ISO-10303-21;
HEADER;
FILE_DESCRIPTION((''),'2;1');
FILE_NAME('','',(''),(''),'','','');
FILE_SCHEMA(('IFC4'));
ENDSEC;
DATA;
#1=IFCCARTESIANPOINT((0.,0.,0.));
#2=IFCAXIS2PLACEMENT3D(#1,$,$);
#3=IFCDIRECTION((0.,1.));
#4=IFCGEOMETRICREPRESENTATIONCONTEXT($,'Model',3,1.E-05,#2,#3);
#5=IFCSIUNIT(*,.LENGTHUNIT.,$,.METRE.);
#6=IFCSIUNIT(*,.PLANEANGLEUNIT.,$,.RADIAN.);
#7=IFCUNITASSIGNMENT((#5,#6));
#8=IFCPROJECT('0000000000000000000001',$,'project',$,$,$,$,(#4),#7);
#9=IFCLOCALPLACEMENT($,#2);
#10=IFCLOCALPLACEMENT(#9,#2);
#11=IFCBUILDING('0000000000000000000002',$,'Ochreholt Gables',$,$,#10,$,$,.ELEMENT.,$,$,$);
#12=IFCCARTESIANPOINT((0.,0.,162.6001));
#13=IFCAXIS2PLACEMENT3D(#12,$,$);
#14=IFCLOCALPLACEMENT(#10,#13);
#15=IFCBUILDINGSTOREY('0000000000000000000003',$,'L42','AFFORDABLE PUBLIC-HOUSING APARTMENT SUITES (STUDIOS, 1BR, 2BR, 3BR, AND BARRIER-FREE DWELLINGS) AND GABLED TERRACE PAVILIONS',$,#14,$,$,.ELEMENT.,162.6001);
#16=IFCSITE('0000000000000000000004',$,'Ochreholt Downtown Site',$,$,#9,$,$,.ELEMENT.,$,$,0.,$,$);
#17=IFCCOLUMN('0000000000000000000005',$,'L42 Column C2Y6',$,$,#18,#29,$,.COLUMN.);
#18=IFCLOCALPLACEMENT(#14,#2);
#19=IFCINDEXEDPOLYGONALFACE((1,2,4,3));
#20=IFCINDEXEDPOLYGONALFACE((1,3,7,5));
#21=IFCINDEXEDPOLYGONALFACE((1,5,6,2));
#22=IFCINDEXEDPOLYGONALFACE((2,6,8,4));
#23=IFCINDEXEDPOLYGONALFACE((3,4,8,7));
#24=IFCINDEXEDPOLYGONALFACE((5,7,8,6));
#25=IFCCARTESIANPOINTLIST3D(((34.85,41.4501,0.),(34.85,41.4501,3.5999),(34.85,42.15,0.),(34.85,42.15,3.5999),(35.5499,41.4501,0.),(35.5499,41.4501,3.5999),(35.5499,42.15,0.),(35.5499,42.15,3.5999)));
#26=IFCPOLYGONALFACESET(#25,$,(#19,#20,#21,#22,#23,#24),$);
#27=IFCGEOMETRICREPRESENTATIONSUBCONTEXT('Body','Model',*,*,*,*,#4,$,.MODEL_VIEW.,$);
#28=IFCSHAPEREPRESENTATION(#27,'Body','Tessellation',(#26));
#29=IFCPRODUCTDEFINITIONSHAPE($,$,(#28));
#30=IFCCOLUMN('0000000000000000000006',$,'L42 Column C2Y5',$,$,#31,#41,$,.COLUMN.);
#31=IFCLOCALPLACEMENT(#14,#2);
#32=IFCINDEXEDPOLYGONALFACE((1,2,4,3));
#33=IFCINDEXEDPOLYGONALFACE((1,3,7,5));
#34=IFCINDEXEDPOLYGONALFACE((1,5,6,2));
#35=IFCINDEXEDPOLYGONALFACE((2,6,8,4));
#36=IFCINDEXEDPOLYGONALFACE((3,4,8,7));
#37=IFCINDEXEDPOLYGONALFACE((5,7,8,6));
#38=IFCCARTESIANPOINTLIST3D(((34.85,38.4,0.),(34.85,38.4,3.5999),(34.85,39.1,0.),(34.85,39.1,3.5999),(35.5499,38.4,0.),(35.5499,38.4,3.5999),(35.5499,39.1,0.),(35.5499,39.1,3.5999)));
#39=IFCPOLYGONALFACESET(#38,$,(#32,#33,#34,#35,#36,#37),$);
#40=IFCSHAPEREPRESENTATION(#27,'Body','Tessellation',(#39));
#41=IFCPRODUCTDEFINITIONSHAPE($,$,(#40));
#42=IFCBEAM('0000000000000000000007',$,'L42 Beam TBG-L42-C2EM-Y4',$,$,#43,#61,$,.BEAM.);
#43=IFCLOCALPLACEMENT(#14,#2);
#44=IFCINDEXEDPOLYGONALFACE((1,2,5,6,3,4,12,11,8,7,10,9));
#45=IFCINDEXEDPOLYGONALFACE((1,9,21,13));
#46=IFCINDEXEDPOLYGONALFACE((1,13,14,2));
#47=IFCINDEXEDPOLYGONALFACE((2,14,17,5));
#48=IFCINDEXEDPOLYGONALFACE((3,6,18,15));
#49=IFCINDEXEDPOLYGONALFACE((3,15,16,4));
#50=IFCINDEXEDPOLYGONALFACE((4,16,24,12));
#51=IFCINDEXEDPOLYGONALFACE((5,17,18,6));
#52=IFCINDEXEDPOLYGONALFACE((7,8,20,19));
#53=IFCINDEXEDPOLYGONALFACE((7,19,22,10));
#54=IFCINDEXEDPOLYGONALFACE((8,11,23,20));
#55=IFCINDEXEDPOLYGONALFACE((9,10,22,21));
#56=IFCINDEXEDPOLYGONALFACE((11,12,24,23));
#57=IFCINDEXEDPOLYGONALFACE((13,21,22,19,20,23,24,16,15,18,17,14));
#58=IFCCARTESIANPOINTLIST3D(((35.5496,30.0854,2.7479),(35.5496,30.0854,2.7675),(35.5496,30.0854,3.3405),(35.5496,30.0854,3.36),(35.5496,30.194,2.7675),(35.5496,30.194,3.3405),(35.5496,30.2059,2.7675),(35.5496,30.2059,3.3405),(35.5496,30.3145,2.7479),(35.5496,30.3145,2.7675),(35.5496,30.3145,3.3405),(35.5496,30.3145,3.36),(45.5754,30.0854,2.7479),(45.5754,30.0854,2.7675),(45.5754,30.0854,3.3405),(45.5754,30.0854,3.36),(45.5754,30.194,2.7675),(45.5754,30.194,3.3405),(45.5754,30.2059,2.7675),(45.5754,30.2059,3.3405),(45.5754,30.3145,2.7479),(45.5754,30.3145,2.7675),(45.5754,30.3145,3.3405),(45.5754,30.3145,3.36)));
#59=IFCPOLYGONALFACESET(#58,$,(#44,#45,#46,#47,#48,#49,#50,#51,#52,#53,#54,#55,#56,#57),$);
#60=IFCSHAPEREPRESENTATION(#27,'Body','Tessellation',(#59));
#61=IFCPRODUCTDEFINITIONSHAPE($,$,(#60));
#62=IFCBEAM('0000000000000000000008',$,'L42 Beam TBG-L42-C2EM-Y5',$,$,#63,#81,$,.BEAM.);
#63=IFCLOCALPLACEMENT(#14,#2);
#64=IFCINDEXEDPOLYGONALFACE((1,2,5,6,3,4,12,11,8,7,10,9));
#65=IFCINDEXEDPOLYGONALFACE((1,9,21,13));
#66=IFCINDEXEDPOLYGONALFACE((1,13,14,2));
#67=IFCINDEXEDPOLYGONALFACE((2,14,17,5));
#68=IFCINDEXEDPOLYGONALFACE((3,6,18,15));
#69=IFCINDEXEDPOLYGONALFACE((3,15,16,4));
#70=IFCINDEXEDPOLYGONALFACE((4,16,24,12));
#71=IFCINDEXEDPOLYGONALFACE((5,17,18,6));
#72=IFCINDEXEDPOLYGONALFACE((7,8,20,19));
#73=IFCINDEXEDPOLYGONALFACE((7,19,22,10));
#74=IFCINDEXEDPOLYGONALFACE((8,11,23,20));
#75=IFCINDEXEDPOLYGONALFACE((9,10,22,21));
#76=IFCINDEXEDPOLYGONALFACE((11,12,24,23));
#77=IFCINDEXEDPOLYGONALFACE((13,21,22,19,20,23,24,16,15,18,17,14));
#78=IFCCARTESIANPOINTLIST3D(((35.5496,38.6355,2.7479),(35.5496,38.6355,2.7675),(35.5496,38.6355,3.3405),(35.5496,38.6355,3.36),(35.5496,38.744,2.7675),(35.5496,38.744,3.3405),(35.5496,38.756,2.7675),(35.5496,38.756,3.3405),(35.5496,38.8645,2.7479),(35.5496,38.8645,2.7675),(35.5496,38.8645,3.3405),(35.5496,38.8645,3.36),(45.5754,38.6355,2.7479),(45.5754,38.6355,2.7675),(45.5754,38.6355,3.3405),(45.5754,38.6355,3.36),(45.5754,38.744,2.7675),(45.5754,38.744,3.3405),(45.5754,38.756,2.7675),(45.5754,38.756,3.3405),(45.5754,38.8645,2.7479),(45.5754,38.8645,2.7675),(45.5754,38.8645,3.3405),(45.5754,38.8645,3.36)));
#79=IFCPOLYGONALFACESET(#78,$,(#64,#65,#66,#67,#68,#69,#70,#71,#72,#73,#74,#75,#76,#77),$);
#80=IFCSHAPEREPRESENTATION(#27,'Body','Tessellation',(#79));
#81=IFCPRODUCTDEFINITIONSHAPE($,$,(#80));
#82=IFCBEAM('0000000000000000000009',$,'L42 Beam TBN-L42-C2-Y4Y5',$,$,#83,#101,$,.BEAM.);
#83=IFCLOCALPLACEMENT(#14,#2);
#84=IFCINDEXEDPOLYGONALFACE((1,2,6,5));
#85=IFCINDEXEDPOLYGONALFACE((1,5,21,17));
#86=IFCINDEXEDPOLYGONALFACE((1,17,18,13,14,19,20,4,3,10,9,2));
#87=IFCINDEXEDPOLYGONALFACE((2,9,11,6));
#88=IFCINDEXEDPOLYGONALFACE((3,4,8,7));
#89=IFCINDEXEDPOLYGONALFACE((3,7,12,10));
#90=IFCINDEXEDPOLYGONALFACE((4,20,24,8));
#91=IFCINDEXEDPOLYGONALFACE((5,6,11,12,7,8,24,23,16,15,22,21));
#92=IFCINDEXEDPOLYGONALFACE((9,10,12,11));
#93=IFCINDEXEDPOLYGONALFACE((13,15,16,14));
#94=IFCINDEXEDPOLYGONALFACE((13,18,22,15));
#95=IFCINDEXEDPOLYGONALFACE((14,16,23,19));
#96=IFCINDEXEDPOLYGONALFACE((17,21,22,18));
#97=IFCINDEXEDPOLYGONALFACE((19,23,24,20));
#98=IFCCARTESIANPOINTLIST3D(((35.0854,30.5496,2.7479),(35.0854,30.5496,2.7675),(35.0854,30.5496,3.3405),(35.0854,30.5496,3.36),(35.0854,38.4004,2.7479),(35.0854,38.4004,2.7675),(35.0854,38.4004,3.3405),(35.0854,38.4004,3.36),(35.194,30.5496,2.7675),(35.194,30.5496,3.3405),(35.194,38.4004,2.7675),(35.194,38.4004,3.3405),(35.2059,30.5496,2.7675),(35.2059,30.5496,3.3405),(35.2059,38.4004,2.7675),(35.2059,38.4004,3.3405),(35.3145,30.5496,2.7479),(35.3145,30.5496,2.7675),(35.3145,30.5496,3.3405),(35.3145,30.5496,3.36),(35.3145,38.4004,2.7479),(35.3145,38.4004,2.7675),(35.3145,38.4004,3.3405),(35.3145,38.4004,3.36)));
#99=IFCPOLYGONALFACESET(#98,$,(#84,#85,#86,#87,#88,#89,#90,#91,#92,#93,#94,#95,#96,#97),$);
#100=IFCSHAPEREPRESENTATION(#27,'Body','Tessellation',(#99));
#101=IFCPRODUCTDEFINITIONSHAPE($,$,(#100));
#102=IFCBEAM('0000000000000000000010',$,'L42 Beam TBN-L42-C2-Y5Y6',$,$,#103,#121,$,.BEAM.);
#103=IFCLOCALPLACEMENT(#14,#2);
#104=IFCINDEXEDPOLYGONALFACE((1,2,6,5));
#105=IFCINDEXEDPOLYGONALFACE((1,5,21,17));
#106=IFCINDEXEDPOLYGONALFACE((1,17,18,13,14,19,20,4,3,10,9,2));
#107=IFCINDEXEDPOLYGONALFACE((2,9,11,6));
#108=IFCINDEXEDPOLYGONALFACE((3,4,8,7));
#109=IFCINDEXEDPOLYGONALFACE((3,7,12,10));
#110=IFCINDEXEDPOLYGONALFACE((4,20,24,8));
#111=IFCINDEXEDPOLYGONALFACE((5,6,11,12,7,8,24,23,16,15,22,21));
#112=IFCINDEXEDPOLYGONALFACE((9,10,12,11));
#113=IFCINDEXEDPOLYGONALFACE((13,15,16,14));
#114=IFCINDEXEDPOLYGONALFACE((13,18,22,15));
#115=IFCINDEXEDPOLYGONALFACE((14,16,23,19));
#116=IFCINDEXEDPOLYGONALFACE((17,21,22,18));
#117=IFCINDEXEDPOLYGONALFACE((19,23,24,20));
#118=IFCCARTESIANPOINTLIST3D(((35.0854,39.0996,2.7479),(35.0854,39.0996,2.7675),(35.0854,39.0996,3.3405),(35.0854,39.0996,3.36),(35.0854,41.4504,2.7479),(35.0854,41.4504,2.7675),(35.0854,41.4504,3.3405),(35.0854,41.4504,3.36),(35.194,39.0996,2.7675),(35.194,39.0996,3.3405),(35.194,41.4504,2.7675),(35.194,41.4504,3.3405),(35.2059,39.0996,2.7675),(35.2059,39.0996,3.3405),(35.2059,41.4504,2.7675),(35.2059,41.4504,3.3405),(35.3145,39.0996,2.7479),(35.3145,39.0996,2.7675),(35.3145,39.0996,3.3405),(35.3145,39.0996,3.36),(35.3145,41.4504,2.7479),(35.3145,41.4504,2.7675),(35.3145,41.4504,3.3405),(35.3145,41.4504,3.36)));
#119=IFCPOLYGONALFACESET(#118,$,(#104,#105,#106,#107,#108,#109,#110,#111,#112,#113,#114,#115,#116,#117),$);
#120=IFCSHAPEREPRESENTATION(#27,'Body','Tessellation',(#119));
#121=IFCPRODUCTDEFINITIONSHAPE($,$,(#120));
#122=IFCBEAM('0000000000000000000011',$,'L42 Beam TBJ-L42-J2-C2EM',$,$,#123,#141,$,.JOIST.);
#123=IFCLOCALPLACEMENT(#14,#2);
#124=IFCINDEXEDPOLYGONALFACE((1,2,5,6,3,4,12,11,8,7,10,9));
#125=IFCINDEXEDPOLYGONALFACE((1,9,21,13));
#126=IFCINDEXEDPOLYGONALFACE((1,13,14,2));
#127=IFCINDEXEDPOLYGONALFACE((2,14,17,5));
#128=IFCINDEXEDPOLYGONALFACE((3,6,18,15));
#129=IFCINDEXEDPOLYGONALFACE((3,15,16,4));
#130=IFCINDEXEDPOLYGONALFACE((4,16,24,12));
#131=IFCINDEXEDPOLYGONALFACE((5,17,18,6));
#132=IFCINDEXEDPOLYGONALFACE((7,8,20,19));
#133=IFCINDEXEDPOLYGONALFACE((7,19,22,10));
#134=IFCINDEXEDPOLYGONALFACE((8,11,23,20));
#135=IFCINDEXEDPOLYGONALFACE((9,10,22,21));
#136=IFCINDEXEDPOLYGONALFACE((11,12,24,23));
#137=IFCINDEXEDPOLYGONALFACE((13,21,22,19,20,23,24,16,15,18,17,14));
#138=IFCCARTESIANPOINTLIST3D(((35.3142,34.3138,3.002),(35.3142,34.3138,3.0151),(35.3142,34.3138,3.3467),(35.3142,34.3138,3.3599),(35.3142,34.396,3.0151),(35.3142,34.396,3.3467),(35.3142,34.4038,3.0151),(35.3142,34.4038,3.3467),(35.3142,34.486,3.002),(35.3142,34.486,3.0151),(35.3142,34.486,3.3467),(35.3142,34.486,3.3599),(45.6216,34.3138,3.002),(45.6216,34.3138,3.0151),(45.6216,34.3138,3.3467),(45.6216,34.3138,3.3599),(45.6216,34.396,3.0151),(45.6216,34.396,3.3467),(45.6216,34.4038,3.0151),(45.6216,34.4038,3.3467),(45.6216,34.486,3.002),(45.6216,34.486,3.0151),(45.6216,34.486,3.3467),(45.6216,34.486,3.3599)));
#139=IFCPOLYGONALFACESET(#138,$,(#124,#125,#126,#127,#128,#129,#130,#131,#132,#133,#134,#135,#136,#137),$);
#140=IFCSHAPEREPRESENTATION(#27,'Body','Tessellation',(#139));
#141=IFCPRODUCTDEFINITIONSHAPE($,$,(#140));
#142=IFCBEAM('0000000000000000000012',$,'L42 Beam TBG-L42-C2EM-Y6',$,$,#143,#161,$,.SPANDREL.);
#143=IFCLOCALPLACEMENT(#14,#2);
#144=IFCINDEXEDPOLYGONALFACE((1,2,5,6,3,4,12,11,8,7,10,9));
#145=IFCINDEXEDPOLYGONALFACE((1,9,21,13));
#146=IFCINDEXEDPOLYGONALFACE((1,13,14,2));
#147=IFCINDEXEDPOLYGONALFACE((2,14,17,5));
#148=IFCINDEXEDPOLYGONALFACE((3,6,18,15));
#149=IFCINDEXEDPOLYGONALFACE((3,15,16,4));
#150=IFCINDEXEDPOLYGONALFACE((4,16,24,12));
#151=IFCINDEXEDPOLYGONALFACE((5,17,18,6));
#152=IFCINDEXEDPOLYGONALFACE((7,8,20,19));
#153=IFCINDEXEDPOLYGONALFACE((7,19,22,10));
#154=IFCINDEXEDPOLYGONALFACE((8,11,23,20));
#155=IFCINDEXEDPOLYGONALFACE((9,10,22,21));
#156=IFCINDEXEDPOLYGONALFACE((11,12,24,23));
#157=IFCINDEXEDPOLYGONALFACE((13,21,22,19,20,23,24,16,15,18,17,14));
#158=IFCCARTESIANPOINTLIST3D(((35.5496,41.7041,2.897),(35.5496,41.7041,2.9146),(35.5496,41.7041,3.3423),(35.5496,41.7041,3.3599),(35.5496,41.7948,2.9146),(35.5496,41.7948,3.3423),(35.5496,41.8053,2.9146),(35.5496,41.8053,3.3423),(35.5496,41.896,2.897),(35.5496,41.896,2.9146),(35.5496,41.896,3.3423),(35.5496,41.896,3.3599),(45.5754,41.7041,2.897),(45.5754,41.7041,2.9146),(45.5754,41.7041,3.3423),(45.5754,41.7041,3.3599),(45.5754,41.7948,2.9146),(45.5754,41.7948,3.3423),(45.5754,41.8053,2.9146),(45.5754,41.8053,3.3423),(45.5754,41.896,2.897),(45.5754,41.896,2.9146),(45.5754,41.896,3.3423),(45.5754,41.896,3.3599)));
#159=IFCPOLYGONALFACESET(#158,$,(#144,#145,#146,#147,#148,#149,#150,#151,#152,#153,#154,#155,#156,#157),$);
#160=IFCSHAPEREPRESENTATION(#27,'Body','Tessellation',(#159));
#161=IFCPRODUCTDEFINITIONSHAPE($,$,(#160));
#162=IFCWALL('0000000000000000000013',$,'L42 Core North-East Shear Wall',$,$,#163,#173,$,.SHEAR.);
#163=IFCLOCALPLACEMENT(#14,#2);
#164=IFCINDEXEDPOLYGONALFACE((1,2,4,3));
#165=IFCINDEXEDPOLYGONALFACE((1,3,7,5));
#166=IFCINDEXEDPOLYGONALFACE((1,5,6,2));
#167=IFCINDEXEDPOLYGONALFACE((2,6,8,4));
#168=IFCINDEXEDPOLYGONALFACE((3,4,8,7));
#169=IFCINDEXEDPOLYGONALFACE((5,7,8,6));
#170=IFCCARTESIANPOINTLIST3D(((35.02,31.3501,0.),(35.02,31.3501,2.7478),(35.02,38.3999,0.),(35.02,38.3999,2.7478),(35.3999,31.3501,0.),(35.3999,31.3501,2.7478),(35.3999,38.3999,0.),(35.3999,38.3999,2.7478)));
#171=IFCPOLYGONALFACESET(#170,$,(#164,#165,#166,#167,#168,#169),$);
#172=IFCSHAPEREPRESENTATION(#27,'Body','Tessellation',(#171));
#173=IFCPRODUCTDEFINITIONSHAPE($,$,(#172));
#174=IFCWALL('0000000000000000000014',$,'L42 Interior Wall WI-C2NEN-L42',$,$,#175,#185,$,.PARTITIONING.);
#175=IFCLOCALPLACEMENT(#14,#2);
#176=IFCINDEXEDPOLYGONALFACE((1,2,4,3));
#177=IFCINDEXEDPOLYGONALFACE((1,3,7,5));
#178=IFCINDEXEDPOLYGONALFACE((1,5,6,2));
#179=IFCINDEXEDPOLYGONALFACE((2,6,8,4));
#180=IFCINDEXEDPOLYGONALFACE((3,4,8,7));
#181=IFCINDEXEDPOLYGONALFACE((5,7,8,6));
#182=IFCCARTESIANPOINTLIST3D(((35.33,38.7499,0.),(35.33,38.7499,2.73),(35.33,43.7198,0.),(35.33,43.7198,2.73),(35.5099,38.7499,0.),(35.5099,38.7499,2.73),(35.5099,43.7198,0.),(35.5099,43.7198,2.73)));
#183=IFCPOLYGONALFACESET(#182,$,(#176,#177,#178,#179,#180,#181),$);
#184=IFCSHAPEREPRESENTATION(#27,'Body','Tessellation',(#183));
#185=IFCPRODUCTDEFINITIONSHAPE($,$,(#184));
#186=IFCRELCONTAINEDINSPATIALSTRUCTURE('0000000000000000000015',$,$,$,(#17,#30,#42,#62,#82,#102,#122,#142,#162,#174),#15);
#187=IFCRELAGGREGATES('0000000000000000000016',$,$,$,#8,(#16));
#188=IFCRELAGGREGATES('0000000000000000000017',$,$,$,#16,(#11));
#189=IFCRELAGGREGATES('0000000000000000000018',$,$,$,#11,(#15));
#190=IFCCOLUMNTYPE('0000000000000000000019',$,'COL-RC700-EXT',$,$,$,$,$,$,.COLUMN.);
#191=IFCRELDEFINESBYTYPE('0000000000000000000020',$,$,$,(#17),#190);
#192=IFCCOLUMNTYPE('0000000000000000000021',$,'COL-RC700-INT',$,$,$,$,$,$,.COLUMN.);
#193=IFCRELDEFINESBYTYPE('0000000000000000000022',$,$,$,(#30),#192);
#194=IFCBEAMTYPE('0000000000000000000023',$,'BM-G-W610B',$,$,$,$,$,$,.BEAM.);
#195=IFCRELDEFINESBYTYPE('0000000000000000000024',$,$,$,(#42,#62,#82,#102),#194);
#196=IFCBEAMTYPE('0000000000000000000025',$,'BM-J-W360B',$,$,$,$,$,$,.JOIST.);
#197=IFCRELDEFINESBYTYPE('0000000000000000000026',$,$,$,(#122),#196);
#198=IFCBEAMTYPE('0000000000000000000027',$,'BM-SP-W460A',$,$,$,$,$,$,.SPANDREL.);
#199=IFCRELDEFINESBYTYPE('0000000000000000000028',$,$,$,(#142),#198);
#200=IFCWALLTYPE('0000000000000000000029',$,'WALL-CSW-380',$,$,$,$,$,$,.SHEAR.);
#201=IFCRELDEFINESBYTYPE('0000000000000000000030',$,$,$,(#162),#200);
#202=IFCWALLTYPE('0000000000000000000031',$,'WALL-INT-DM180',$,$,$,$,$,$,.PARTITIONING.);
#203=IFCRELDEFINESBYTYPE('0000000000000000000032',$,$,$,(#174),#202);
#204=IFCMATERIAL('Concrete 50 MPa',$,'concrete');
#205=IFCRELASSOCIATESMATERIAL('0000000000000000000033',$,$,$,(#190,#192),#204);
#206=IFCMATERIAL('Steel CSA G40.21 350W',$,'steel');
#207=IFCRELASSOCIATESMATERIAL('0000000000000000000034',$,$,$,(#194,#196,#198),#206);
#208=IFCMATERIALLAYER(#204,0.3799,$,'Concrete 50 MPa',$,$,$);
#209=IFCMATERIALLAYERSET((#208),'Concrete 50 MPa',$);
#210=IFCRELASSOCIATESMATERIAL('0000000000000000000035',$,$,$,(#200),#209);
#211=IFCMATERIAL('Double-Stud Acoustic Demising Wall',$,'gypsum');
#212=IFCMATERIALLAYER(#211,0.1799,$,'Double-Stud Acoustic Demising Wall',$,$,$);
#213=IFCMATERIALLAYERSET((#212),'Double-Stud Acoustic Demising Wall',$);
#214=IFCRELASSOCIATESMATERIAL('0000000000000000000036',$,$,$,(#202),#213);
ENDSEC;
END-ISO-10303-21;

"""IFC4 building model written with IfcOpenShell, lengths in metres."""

from ifc_helpers import new_model, si_unit, direction, frame, frame_2d, origin, origin_2d, place, context, subcontext, project, spatial, rectangle, i_section, extrude, material, layer, layer_set, material_profile, profile_set, type_object, element, save


model = new_model("IFC4")

# Units and contexts
model_context = context("Model", 3, precision=1e-05, world=origin(), true_north=direction((0.0, 1.0)))
body_context = subcontext(model_context, "Body", "Model", "MODEL_VIEW")
ifc_project = project(units=[si_unit("LENGTHUNIT", "METRE"), si_unit("PLANEANGLEUNIT", "RADIAN")], contexts=[model_context])

# Site, building, storey
site_placement = place(None, origin())
site = spatial("IfcSite", under=ifc_project, at=site_placement, Name="Ochreholt Downtown Site", CompositionType="ELEMENT", RefElevation=0.0)
building_placement = place(site_placement, origin())
building = spatial("IfcBuilding", under=site, at=building_placement, Name="Ochreholt Gables", CompositionType="ELEMENT")
storey_placement = place(building_placement, frame((0.0, 0.0, 162.6001)))
storey = spatial("IfcBuildingStorey", under=building, at=storey_placement, Name="L42", Description="AFFORDABLE PUBLIC-HOUSING APARTMENT SUITES (STUDIOS, 1BR, 2BR, 3BR, AND BARRIER-FREE DWELLINGS) AND GABLED TERRACE PAVILIONS", CompositionType="ELEMENT", Elevation=162.6001)

# Columns
ifc_material_1 = material(Name="Concrete 50 MPa", Category="concrete")
ifc_material_profile_1 = material_profile(ifc_material_1, rectangle(XDim=0.7, YDim=0.7, at=origin_2d()), Name="RC700X700")
ifc_profile_set_1 = profile_set([ifc_material_profile_1], Name="Concrete 50 MPa")
column_type_1 = type_object("IfcColumnType", Name="COL-RC700-EXT", PredefinedType="COLUMN", material=ifc_profile_set_1)
column_1_placement = place(storey_placement, frame((35.2, 41.8, 0.0), z_axis=(0.0, 0.0, 1.0), x_axis=(1.0, 0.0, 0.0)))
element("IfcColumn", 1, at=column_1_placement, inside=storey, type_object=column_type_1, Name="L42 Column C2Y6", PredefinedType="COLUMN", context=body_context, shape_type="SweptSolid", body=[
    extrude(rectangle(XDim=0.7, YDim=0.7, at=origin_2d()), origin(), (0.0, 0.0, 1.0), 3.5999),
])
ifc_material_profile_2 = material_profile(ifc_material_1, rectangle(XDim=0.7, YDim=0.7, at=origin_2d()), Name="RC700X700")
ifc_profile_set_2 = profile_set([ifc_material_profile_2], Name="Concrete 50 MPa")
column_type_2 = type_object("IfcColumnType", Name="COL-RC700-INT", PredefinedType="COLUMN", material=ifc_profile_set_2)
column_2_placement = place(storey_placement, frame((35.2, 38.75, 0.0), z_axis=(0.0, 0.0, 1.0), x_axis=(1.0, 0.0, 0.0)))
element("IfcColumn", 2, at=column_2_placement, inside=storey, type_object=column_type_2, Name="L42 Column C2Y5", PredefinedType="COLUMN", context=body_context, shape_type="SweptSolid", body=[
    extrude(rectangle(XDim=0.7, YDim=0.7, at=origin_2d()), origin(), (0.0, 0.0, 1.0), 3.5999),
])

# Beams
ifc_material_2 = material(Name="Steel CSA G40.21 350W", Category="steel")
ifc_material_profile_3 = material_profile(ifc_material_2, i_section(OverallWidth=0.229, OverallDepth=0.6121, WebThickness=0.012, FlangeThickness=0.0195, at=origin_2d()), Name="W610X125")
ifc_profile_set_3 = profile_set([ifc_material_profile_3], Name="Steel CSA G40.21 350W")
beam_type_1 = type_object("IfcBeamType", Name="BM-G-W610B", PredefinedType="BEAM", material=ifc_profile_set_3)
for number, where, z_axis, x_axis, name in (
    (3, (35.5496, 30.2, 3.054), (1.0, 0.0, 0.0), (0.0, 1.0, 0.0), "L42 Beam TBG-L42-C2EM-Y4"),
    (4, (35.5496, 38.75, 3.054), (1.0, 0.0, 0.0), (0.0, 1.0, 0.0), "L42 Beam TBG-L42-C2EM-Y5"),
):
    element("IfcBeam", number, at=place(storey_placement, frame(where, z_axis=z_axis, x_axis=x_axis)), inside=storey, type_object=beam_type_1, Name=name, PredefinedType="BEAM", context=body_context, shape_type="SweptSolid", body=[
        extrude(i_section(OverallWidth=0.229, OverallDepth=0.6121, WebThickness=0.012, FlangeThickness=0.0195, at=origin_2d()), origin(), (0.0, 0.0, 1.0), 10.0259),
    ])
beam_1_placement = place(storey_placement, frame((35.2, 30.5496, 3.054), z_axis=(0.0, 1.0, 0.0), x_axis=(-1.0, 0.0, 0.0)))
element("IfcBeam", 5, at=beam_1_placement, inside=storey, type_object=beam_type_1, Name="L42 Beam TBN-L42-C2-Y4Y5", PredefinedType="BEAM", context=body_context, shape_type="SweptSolid", body=[
    extrude(i_section(OverallWidth=0.229, OverallDepth=0.6121, WebThickness=0.012, FlangeThickness=0.0195, at=origin_2d()), origin(), (0.0, 0.0, 1.0), 7.8508),
])
beam_2_placement = place(storey_placement, frame((35.2, 39.0996, 3.054), z_axis=(0.0, 1.0, 0.0), x_axis=(-1.0, 0.0, 0.0)))
element("IfcBeam", 6, at=beam_2_placement, inside=storey, type_object=beam_type_1, Name="L42 Beam TBN-L42-C2-Y5Y6", PredefinedType="BEAM", context=body_context, shape_type="SweptSolid", body=[
    extrude(i_section(OverallWidth=0.229, OverallDepth=0.6121, WebThickness=0.012, FlangeThickness=0.0195, at=origin_2d()), origin(), (0.0, 0.0, 1.0), 2.3508),
])
ifc_material_profile_4 = material_profile(ifc_material_2, i_section(OverallWidth=0.1721, OverallDepth=0.3579, WebThickness=0.0078, FlangeThickness=0.0132, at=origin_2d()), Name="W360X57")
ifc_profile_set_4 = profile_set([ifc_material_profile_4], Name="Steel CSA G40.21 350W")
beam_type_2 = type_object("IfcBeamType", Name="BM-J-W360B", PredefinedType="JOIST", material=ifc_profile_set_4)
beam_3_placement = place(storey_placement, frame((35.3142, 34.3999, 3.1809), z_axis=(1.0, 0.0, 0.0), x_axis=(0.0, 1.0, 0.0)))
element("IfcBeam", 7, at=beam_3_placement, inside=storey, type_object=beam_type_2, Name="L42 Beam TBJ-L42-J2-C2EM", PredefinedType="JOIST", context=body_context, shape_type="SweptSolid", body=[
    extrude(i_section(OverallWidth=0.1721, OverallDepth=0.3579, WebThickness=0.0078, FlangeThickness=0.0132, at=origin_2d()), origin(), (0.0, 0.0, 1.0), 10.3074),
])
ifc_material_profile_5 = material_profile(ifc_material_2, i_section(OverallWidth=0.1919, OverallDepth=0.4629, WebThickness=0.0105, FlangeThickness=0.0176, at=origin_2d()), Name="W460X89")
ifc_profile_set_5 = profile_set([ifc_material_profile_5], Name="Steel CSA G40.21 350W")
beam_type_3 = type_object("IfcBeamType", Name="BM-SP-W460A", PredefinedType="SPANDREL", material=ifc_profile_set_5)
beam_4_placement = place(storey_placement, frame((35.5496, 41.8, 3.1284), z_axis=(1.0, 0.0, 0.0), x_axis=(0.0, 1.0, 0.0)))
element("IfcBeam", 8, at=beam_4_placement, inside=storey, type_object=beam_type_3, Name="L42 Beam TBG-L42-C2EM-Y6", PredefinedType="SPANDREL", context=body_context, shape_type="SweptSolid", body=[
    extrude(i_section(OverallWidth=0.1919, OverallDepth=0.4629, WebThickness=0.0105, FlangeThickness=0.0176, at=origin_2d()), origin(), (0.0, 0.0, 1.0), 10.0259),
])

# Walls
ifc_layer_1 = layer(ifc_material_1, 0.3799, Name="Concrete 50 MPa")
ifc_layer_set_1 = layer_set([ifc_layer_1], Name="Concrete 50 MPa")
wall_type_1 = type_object("IfcWallType", Name="WALL-CSW-380", PredefinedType="SHEAR", material=ifc_layer_set_1)
wall_1_placement = place(storey_placement, frame((35.21, 31.3501, 0.0), z_axis=(0.0, 0.0, 1.0), x_axis=(0.0, 1.0, 0.0)))
element("IfcWall", 9, at=wall_1_placement, inside=storey, type_object=wall_type_1, Name="L42 Core North-East Shear Wall", PredefinedType="SHEAR", context=body_context, shape_type="SweptSolid", body=[
    extrude(rectangle(XDim=7.0498, YDim=0.3799, at=frame_2d((3.5249, 0.0))), origin(), (0.0, 0.0, 1.0), 2.7478),
])
ifc_material_3 = material(Name="Double-Stud Acoustic Demising Wall", Category="gypsum")
ifc_layer_2 = layer(ifc_material_3, 0.1799, Name="Double-Stud Acoustic Demising Wall")
ifc_layer_set_2 = layer_set([ifc_layer_2], Name="Double-Stud Acoustic Demising Wall")
wall_type_2 = type_object("IfcWallType", Name="WALL-INT-DM180", PredefinedType="PARTITIONING", material=ifc_layer_set_2)
wall_2_placement = place(storey_placement, frame((35.4199, 38.75, 0.0), z_axis=(0.0, 0.0, 1.0), x_axis=(0.0, 1.0, 0.0)))
element("IfcWall", 10, at=wall_2_placement, inside=storey, type_object=wall_type_2, Name="L42 Interior Wall WI-C2NEN-L42", PredefinedType="PARTITIONING", context=body_context, shape_type="SweptSolid", body=[
    extrude(rectangle(XDim=4.97, YDim=0.1799, at=frame_2d((2.4849, 0.0))), origin(), (0.0, 0.0, 1.0), 2.73),
])

save(model, "model.ifc")
